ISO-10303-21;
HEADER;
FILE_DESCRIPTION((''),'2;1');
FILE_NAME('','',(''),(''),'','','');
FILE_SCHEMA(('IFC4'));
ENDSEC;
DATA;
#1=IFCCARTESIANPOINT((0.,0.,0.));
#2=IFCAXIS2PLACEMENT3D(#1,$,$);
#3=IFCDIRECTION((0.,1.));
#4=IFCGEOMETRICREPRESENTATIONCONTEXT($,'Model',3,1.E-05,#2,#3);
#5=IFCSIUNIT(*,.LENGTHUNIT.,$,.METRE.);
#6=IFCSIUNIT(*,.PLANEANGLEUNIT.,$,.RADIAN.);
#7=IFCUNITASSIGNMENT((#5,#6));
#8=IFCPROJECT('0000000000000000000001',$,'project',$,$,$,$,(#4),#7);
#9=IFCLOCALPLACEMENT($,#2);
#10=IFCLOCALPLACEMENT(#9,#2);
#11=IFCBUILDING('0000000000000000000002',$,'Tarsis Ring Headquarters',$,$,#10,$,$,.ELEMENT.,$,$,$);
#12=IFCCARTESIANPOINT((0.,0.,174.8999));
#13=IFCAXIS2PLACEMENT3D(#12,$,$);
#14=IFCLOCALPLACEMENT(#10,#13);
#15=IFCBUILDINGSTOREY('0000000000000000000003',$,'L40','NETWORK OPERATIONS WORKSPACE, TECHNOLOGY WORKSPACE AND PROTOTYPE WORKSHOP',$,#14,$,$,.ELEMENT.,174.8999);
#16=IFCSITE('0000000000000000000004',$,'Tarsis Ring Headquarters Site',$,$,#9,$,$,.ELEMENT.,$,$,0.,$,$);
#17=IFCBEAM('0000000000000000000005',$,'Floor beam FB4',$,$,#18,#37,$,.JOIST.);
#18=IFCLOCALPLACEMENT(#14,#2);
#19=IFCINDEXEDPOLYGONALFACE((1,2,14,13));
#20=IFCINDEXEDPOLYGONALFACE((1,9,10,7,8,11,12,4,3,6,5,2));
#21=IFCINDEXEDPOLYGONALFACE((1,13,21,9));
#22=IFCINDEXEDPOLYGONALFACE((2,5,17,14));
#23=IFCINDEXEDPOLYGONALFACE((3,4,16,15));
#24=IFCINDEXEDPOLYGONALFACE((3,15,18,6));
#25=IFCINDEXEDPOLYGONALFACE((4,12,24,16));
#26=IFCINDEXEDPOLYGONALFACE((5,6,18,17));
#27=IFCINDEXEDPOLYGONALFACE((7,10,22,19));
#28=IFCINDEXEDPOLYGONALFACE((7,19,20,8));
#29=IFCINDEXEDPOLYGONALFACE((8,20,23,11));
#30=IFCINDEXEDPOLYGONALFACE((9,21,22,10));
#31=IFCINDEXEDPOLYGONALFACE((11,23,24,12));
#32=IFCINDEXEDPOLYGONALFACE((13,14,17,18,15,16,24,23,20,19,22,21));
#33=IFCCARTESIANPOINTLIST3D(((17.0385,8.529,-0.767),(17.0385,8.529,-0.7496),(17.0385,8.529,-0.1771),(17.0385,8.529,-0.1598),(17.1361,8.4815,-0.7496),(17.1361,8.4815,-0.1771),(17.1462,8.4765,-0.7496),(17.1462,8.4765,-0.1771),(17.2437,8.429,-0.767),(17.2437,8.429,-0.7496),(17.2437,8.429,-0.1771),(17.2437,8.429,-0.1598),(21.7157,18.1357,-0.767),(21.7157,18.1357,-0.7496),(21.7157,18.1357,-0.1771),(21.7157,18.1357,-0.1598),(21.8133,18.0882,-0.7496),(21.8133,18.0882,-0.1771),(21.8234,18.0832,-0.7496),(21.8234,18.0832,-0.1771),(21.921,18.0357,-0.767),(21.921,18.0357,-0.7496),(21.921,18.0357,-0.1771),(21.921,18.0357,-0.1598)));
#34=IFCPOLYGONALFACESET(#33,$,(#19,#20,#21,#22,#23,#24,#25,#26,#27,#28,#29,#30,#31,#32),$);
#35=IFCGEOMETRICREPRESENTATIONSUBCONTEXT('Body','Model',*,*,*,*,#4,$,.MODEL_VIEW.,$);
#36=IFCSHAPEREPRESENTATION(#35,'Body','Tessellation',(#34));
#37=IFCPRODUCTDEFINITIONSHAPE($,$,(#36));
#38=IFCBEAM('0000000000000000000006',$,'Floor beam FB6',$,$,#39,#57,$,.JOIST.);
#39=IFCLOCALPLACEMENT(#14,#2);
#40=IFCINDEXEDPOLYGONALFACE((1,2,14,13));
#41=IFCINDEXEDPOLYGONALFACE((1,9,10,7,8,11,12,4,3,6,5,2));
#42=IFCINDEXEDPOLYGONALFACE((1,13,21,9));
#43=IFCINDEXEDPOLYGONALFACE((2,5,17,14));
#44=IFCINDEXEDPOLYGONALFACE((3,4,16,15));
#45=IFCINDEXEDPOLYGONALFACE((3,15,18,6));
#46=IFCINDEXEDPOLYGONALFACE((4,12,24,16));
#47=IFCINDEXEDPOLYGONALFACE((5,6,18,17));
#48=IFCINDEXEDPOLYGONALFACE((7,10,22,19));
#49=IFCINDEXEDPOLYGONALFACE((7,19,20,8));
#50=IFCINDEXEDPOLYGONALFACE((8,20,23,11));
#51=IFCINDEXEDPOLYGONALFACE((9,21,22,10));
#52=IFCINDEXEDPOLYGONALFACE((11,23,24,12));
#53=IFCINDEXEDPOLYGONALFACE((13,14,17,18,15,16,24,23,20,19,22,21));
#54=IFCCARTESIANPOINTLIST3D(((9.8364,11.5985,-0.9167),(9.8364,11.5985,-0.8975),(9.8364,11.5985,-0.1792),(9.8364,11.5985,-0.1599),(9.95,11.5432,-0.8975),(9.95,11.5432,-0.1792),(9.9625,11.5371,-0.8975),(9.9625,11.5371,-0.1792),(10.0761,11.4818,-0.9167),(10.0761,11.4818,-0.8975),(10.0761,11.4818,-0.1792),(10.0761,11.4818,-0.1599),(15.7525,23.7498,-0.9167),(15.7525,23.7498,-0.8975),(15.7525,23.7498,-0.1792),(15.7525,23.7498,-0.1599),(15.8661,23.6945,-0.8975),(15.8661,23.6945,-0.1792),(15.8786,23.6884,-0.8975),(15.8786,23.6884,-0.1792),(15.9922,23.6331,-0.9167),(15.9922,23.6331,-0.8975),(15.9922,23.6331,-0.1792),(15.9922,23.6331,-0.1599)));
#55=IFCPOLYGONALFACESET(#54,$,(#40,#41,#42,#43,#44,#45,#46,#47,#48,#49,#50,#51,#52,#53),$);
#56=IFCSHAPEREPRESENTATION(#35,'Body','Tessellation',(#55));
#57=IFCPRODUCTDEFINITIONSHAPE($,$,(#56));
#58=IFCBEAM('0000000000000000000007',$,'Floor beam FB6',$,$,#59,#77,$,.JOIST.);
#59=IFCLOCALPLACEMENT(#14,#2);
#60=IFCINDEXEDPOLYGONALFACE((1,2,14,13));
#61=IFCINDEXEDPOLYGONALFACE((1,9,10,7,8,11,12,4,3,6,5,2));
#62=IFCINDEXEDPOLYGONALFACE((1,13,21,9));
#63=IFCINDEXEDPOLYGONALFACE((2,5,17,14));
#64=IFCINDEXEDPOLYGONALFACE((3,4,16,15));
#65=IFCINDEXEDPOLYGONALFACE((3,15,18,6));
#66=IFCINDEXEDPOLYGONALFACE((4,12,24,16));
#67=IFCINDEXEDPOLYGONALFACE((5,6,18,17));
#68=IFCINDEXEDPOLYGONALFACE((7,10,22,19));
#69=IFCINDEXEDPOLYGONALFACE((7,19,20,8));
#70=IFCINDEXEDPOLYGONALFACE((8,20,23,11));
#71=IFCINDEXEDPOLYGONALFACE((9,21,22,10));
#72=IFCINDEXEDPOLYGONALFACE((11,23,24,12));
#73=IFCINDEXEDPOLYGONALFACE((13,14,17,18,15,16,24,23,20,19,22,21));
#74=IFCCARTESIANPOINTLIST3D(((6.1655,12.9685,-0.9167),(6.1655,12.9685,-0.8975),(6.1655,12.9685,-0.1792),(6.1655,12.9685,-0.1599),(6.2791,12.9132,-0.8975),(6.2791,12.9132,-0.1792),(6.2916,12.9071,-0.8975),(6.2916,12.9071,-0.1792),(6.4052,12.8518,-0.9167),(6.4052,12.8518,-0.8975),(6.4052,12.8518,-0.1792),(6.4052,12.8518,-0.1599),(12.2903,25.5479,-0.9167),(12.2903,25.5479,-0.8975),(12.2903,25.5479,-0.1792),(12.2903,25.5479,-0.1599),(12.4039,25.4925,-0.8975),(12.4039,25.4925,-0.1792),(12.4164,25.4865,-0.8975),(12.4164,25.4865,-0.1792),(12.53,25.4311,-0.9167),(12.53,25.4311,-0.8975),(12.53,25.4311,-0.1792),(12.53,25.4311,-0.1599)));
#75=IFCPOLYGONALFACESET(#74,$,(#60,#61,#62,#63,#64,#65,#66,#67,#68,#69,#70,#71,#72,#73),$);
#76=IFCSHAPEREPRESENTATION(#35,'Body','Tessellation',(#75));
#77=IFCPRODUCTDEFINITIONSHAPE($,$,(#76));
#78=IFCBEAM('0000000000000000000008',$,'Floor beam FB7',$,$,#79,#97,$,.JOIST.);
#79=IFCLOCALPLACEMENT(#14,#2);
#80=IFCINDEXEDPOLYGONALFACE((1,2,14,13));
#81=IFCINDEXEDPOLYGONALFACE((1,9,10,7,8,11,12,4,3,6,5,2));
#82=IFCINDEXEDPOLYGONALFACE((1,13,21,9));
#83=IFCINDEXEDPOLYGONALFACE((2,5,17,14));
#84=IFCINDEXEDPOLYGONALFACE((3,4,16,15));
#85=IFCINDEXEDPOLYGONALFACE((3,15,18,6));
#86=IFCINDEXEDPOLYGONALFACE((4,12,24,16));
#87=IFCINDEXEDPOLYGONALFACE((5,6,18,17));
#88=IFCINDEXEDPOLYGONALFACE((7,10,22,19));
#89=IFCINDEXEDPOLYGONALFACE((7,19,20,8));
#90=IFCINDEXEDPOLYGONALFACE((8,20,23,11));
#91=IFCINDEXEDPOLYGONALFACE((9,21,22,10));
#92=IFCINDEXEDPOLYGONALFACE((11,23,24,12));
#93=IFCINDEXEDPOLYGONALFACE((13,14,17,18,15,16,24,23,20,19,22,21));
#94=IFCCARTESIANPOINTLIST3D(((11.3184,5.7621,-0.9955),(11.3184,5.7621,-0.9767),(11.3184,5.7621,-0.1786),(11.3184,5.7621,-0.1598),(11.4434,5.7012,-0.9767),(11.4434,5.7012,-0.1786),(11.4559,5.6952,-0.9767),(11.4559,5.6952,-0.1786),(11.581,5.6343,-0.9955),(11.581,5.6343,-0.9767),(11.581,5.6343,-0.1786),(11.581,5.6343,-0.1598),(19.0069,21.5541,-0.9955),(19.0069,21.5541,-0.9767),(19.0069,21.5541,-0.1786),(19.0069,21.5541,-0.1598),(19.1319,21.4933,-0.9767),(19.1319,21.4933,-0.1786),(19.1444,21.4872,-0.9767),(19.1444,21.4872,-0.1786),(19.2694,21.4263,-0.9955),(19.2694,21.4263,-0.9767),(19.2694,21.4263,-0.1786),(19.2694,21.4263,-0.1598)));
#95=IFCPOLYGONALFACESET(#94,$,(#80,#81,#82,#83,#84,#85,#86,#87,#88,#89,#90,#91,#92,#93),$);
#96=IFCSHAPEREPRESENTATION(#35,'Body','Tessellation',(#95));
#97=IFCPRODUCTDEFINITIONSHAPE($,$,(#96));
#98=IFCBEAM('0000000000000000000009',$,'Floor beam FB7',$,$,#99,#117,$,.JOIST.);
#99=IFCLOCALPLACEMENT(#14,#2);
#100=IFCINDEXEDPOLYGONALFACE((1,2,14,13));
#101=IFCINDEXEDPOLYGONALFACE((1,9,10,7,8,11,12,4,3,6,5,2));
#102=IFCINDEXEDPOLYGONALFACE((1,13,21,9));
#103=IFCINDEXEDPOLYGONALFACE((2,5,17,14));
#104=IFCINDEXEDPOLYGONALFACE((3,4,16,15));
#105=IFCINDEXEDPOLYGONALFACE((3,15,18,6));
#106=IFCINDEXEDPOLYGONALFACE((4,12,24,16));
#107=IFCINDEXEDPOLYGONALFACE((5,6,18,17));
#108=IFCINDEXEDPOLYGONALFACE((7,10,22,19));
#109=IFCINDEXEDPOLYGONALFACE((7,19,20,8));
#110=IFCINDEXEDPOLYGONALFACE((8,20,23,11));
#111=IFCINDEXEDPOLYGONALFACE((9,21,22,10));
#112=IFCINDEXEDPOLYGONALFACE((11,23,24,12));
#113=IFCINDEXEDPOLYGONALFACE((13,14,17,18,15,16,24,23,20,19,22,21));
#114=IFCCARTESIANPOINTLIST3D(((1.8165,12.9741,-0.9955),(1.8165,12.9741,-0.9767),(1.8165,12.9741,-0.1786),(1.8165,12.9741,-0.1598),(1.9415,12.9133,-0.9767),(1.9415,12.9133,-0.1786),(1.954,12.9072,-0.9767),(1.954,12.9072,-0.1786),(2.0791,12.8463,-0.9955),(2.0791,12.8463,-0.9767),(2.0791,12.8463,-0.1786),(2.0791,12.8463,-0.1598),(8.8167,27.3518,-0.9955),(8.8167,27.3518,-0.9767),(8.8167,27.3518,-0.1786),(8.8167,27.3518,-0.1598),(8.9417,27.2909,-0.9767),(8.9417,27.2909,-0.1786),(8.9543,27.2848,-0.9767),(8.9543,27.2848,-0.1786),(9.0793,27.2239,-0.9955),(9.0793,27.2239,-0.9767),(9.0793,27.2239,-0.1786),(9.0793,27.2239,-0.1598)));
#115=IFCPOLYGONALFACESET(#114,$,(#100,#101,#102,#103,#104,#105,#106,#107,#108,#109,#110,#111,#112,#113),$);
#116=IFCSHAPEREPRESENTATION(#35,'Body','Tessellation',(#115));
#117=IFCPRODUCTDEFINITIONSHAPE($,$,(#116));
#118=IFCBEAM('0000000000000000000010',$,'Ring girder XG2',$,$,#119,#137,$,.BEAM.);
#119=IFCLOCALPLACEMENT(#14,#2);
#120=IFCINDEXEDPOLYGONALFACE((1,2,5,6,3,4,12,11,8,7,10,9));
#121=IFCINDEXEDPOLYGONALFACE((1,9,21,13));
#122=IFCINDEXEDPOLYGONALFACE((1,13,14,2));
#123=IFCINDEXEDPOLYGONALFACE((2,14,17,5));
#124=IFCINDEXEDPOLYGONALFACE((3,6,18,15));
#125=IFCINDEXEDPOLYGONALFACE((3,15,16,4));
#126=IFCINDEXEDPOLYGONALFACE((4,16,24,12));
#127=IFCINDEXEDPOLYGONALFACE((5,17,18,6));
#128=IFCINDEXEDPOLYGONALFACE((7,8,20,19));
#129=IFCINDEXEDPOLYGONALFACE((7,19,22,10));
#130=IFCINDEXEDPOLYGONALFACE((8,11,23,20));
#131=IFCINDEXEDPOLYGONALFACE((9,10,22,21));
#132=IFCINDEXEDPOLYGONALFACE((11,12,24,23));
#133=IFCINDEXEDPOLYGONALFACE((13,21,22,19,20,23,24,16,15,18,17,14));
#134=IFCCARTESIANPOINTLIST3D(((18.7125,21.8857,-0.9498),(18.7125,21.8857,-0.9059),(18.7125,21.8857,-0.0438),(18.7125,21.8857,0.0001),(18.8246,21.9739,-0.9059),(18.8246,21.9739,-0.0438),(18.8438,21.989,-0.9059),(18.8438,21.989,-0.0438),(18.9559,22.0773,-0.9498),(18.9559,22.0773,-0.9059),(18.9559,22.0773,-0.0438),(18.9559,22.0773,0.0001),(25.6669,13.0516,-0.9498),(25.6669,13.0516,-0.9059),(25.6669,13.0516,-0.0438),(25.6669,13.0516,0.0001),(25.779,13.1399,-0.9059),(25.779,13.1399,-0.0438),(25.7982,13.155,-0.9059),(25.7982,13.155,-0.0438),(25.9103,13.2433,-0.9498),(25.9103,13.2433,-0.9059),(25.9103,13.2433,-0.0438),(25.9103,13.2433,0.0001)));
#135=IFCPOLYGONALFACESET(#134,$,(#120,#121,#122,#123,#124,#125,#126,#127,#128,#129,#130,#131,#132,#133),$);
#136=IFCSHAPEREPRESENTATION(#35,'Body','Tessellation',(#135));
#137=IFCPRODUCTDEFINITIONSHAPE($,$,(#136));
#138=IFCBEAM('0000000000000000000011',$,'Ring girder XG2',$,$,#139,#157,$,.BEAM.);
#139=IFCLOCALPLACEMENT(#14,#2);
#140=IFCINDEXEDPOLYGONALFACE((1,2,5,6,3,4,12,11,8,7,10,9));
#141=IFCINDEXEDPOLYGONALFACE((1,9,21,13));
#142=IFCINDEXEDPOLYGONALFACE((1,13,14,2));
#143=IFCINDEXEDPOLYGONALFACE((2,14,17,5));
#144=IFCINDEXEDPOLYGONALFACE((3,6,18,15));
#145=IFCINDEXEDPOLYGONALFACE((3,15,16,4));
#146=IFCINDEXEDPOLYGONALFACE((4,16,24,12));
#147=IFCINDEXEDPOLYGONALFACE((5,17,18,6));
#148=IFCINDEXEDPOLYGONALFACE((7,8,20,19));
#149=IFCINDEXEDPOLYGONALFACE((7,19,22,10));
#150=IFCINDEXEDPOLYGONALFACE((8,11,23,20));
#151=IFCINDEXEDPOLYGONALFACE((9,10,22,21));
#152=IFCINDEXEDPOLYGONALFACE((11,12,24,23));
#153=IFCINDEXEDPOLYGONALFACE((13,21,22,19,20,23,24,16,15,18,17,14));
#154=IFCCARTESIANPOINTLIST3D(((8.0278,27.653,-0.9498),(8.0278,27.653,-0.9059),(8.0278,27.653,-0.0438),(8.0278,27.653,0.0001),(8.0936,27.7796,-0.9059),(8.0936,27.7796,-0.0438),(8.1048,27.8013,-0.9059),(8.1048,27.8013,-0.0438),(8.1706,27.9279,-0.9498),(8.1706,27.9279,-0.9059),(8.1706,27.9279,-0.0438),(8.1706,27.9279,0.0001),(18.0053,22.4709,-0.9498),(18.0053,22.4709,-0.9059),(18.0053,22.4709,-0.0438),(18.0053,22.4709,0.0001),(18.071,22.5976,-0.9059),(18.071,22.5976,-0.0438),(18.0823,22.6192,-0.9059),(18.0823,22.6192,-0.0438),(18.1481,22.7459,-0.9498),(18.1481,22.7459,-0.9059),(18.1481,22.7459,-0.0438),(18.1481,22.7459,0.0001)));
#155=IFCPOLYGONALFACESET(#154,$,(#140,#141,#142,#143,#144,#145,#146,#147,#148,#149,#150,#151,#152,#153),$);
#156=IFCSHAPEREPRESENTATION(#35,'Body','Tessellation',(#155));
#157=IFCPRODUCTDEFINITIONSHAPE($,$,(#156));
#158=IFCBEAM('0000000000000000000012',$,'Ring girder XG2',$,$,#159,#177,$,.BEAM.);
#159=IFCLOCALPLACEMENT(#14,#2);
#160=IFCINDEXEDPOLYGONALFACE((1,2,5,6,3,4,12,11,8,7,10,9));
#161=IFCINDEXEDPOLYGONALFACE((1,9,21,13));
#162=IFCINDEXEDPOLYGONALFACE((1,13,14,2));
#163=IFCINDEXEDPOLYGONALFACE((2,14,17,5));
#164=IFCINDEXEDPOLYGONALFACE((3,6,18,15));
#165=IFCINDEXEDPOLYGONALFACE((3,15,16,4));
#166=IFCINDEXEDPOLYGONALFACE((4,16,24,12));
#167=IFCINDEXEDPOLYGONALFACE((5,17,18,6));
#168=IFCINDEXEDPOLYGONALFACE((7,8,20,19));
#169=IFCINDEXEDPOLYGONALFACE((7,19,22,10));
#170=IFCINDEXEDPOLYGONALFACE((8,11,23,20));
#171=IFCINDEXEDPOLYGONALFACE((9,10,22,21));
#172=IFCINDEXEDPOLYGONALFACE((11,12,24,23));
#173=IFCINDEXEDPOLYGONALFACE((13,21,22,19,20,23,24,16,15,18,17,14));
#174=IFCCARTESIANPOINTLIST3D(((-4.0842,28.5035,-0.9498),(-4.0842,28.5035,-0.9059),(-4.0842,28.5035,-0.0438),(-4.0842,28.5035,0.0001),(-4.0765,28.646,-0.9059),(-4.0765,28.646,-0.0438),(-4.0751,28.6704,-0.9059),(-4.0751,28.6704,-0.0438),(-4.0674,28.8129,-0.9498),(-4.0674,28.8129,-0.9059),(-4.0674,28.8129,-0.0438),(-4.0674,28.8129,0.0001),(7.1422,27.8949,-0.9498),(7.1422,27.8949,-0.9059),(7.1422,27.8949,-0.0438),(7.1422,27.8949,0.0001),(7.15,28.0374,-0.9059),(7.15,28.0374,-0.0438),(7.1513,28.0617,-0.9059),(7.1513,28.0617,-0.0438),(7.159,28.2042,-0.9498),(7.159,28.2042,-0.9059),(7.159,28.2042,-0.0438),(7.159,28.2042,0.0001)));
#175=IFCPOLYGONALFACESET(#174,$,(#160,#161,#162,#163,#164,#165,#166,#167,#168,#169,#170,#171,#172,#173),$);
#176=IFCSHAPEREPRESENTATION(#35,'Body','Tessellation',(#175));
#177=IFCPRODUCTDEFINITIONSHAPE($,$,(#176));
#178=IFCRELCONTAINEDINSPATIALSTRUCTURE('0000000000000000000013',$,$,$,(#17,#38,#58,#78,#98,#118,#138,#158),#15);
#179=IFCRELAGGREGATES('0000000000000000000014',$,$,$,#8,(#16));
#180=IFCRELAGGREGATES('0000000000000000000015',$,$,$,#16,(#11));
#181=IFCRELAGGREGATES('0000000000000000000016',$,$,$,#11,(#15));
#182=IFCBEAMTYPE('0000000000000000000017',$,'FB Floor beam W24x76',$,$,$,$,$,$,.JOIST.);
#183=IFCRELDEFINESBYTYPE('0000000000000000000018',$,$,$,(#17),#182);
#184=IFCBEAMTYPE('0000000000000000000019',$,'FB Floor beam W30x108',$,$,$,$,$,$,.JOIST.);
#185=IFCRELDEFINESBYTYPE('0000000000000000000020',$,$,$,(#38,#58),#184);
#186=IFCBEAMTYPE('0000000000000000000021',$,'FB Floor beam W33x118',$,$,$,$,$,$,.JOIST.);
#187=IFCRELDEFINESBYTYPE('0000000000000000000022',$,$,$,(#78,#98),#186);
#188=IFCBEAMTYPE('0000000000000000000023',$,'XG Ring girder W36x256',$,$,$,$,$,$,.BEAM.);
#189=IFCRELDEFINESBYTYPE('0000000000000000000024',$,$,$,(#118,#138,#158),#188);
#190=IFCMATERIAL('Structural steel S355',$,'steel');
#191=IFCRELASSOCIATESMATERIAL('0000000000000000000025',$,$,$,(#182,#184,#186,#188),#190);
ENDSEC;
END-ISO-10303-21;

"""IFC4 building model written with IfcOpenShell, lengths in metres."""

from ifc_helpers import new_model, si_unit, direction, frame, origin, origin_2d, place, context, subcontext, project, spatial, i_section, extrude, material, material_profile, profile_set, type_object, element, save


model = new_model("IFC4")

# Units and contexts
model_context = context("Model", 3, precision=1e-05, world=origin(), true_north=direction((0.0, 1.0)))
body_context = subcontext(model_context, "Body", "Model", "MODEL_VIEW")
ifc_project = project(units=[si_unit("LENGTHUNIT", "METRE"), si_unit("PLANEANGLEUNIT", "RADIAN")], contexts=[model_context])

# Site, building, storey
site_placement = place(None, origin())
site = spatial("IfcSite", under=ifc_project, at=site_placement, Name="Tarsis Ring Headquarters Site", CompositionType="ELEMENT", RefElevation=0.0)
building_placement = place(site_placement, origin())
building = spatial("IfcBuilding", under=site, at=building_placement, Name="Tarsis Ring Headquarters", CompositionType="ELEMENT")
storey_placement = place(building_placement, frame((0.0, 0.0, 174.8999)))
storey = spatial("IfcBuildingStorey", under=building, at=storey_placement, Name="L40", Description="NETWORK OPERATIONS WORKSPACE, TECHNOLOGY WORKSPACE AND PROTOTYPE WORKSHOP", CompositionType="ELEMENT", Elevation=174.8999)

# Shared definitions
ifc_material_1 = material(Name="Structural steel S355", Category="steel")

# Beams
ifc_material_profile_1 = material_profile(ifc_material_1, i_section(OverallWidth=0.2283, OverallDepth=0.6072, WebThickness=0.0112, FlangeThickness=0.0173, at=origin_2d()), Name="W24x76")
ifc_profile_set_1 = profile_set([ifc_material_profile_1], Name="Structural steel S355")
beam_type_1 = type_object("IfcBeamType", Name="FB Floor beam W24x76", PredefinedType="JOIST", material=ifc_profile_set_1)
beam_1_placement = place(storey_placement, frame((21.8184, 18.0857, -0.4634), z_axis=(-0.437747, -0.899098, 0.0), x_axis=(0.899098, -0.437747, 0.0)))
element("IfcBeam", 1, at=beam_1_placement, inside=storey, type_object=beam_type_1, Name="Floor beam FB4", PredefinedType="JOIST", context=body_context, shape_type="SweptSolid", body=[
    extrude(i_section(OverallWidth=0.2283, OverallDepth=0.6072, WebThickness=0.0112, FlangeThickness=0.0173, at=origin_2d()), origin(), (0.0, 0.0, 1.0), 10.6848),
])
ifc_material_profile_2 = material_profile(ifc_material_1, i_section(OverallWidth=0.2666, OverallDepth=0.7568, WebThickness=0.0139, FlangeThickness=0.0193, at=origin_2d()), Name="W30x108")
ifc_profile_set_2 = profile_set([ifc_material_profile_2], Name="Structural steel S355")
beam_type_2 = type_object("IfcBeamType", Name="FB Floor beam W30x108", PredefinedType="JOIST", material=ifc_profile_set_2)
beam_2_placement = place(storey_placement, frame((15.8723, 23.6914, -0.5383), z_axis=(-0.437744, -0.899099, 0.0), x_axis=(0.899099, -0.437744, 0.0)))
element("IfcBeam", 2, at=beam_2_placement, inside=storey, type_object=beam_type_2, Name="Floor beam FB6", PredefinedType="JOIST", context=body_context, shape_type="SweptSolid", body=[
    extrude(i_section(OverallWidth=0.2666, OverallDepth=0.7568, WebThickness=0.0139, FlangeThickness=0.0193, at=origin_2d()), origin(), (0.0, 0.0, 1.0), 13.5149),
])
beam_3_placement = place(storey_placement, frame((12.4102, 25.4895, -0.5383), z_axis=(-0.437759, -0.899092, 0.0), x_axis=(0.899092, -0.437759, 0.0)))
element("IfcBeam", 3, at=beam_3_placement, inside=storey, type_object=beam_type_2, Name="Floor beam FB6", PredefinedType="JOIST", context=body_context, shape_type="SweptSolid", body=[
    extrude(i_section(OverallWidth=0.2666, OverallDepth=0.7568, WebThickness=0.0139, FlangeThickness=0.0193, at=origin_2d()), origin(), (0.0, 0.0, 1.0), 13.9912),
])
ifc_material_profile_3 = material_profile(ifc_material_1, i_section(OverallWidth=0.292, OverallDepth=0.8357, WebThickness=0.0139, FlangeThickness=0.0188, at=origin_2d()), Name="W33x118")
ifc_profile_set_3 = profile_set([ifc_material_profile_3], Name="Structural steel S355")
beam_type_3 = type_object("IfcBeamType", Name="FB Floor beam W33x118", PredefinedType="JOIST", material=ifc_profile_set_3)
beam_4_placement = place(storey_placement, frame((19.1382, 21.4902, -0.5776), z_axis=(-0.437737, -0.899103, 0.0), x_axis=(0.899103, -0.437737, 0.0)))
element("IfcBeam", 4, at=beam_4_placement, inside=storey, type_object=beam_type_3, Name="Floor beam FB7", PredefinedType="JOIST", context=body_context, shape_type="SweptSolid", body=[
    extrude(i_section(OverallWidth=0.292, OverallDepth=0.8357, WebThickness=0.0139, FlangeThickness=0.0188, at=origin_2d()), origin(), (0.0, 0.0, 1.0), 17.5642),
])
beam_5_placement = place(storey_placement, frame((8.948, 27.2878, -0.5776), z_axis=(-0.437754, -0.899095, 0.0), x_axis=(0.899095, -0.437754, 0.0)))
element("IfcBeam", 5, at=beam_5_placement, inside=storey, type_object=beam_type_3, Name="Floor beam FB7", PredefinedType="JOIST", context=body_context, shape_type="SweptSolid", body=[
    extrude(i_section(OverallWidth=0.292, OverallDepth=0.8357, WebThickness=0.0139, FlangeThickness=0.0188, at=origin_2d()), origin(), (0.0, 0.0, 1.0), 15.9912),
])
ifc_material_profile_4 = material_profile(ifc_material_1, i_section(OverallWidth=0.3098, OverallDepth=0.95, WebThickness=0.0244, FlangeThickness=0.0439, at=origin_2d()), Name="W36x256")
ifc_profile_set_4 = profile_set([ifc_material_profile_4], Name="Structural steel S355")
beam_type_4 = type_object("IfcBeamType", Name="XG Ring girder W36x256", PredefinedType="BEAM", material=ifc_profile_set_4)
for number, where, z_axis, x_axis, name in (
    (6, (25.7886, 13.1475, -0.4749), (-0.618556, 0.785741, 0.0), (-0.785741, -0.618556, 0.0), "Ring girder XG2"),
    (7, (18.0767, 22.6084, -0.4749), (-0.887442, 0.460919, 0.0), (-0.460919, -0.887442, 0.0), "Ring girder XG2"),
    (8, (7.1506, 28.0496, -0.4749), (-0.998534, 0.054136, 0.0), (-0.054136, -0.998534, 0.0), "Ring girder XG2"),
):
    element("IfcBeam", number, at=place(storey_placement, frame(where, z_axis=z_axis, x_axis=x_axis)), inside=storey, type_object=beam_type_4, Name=name, PredefinedType="BEAM", context=body_context, shape_type="SweptSolid", body=[
        extrude(i_section(OverallWidth=0.3098, OverallDepth=0.95, WebThickness=0.0244, FlangeThickness=0.0439, at=origin_2d()), origin(), (0.0, 0.0, 1.0), 11.2429),
    ])

save(model, "model.ifc")
